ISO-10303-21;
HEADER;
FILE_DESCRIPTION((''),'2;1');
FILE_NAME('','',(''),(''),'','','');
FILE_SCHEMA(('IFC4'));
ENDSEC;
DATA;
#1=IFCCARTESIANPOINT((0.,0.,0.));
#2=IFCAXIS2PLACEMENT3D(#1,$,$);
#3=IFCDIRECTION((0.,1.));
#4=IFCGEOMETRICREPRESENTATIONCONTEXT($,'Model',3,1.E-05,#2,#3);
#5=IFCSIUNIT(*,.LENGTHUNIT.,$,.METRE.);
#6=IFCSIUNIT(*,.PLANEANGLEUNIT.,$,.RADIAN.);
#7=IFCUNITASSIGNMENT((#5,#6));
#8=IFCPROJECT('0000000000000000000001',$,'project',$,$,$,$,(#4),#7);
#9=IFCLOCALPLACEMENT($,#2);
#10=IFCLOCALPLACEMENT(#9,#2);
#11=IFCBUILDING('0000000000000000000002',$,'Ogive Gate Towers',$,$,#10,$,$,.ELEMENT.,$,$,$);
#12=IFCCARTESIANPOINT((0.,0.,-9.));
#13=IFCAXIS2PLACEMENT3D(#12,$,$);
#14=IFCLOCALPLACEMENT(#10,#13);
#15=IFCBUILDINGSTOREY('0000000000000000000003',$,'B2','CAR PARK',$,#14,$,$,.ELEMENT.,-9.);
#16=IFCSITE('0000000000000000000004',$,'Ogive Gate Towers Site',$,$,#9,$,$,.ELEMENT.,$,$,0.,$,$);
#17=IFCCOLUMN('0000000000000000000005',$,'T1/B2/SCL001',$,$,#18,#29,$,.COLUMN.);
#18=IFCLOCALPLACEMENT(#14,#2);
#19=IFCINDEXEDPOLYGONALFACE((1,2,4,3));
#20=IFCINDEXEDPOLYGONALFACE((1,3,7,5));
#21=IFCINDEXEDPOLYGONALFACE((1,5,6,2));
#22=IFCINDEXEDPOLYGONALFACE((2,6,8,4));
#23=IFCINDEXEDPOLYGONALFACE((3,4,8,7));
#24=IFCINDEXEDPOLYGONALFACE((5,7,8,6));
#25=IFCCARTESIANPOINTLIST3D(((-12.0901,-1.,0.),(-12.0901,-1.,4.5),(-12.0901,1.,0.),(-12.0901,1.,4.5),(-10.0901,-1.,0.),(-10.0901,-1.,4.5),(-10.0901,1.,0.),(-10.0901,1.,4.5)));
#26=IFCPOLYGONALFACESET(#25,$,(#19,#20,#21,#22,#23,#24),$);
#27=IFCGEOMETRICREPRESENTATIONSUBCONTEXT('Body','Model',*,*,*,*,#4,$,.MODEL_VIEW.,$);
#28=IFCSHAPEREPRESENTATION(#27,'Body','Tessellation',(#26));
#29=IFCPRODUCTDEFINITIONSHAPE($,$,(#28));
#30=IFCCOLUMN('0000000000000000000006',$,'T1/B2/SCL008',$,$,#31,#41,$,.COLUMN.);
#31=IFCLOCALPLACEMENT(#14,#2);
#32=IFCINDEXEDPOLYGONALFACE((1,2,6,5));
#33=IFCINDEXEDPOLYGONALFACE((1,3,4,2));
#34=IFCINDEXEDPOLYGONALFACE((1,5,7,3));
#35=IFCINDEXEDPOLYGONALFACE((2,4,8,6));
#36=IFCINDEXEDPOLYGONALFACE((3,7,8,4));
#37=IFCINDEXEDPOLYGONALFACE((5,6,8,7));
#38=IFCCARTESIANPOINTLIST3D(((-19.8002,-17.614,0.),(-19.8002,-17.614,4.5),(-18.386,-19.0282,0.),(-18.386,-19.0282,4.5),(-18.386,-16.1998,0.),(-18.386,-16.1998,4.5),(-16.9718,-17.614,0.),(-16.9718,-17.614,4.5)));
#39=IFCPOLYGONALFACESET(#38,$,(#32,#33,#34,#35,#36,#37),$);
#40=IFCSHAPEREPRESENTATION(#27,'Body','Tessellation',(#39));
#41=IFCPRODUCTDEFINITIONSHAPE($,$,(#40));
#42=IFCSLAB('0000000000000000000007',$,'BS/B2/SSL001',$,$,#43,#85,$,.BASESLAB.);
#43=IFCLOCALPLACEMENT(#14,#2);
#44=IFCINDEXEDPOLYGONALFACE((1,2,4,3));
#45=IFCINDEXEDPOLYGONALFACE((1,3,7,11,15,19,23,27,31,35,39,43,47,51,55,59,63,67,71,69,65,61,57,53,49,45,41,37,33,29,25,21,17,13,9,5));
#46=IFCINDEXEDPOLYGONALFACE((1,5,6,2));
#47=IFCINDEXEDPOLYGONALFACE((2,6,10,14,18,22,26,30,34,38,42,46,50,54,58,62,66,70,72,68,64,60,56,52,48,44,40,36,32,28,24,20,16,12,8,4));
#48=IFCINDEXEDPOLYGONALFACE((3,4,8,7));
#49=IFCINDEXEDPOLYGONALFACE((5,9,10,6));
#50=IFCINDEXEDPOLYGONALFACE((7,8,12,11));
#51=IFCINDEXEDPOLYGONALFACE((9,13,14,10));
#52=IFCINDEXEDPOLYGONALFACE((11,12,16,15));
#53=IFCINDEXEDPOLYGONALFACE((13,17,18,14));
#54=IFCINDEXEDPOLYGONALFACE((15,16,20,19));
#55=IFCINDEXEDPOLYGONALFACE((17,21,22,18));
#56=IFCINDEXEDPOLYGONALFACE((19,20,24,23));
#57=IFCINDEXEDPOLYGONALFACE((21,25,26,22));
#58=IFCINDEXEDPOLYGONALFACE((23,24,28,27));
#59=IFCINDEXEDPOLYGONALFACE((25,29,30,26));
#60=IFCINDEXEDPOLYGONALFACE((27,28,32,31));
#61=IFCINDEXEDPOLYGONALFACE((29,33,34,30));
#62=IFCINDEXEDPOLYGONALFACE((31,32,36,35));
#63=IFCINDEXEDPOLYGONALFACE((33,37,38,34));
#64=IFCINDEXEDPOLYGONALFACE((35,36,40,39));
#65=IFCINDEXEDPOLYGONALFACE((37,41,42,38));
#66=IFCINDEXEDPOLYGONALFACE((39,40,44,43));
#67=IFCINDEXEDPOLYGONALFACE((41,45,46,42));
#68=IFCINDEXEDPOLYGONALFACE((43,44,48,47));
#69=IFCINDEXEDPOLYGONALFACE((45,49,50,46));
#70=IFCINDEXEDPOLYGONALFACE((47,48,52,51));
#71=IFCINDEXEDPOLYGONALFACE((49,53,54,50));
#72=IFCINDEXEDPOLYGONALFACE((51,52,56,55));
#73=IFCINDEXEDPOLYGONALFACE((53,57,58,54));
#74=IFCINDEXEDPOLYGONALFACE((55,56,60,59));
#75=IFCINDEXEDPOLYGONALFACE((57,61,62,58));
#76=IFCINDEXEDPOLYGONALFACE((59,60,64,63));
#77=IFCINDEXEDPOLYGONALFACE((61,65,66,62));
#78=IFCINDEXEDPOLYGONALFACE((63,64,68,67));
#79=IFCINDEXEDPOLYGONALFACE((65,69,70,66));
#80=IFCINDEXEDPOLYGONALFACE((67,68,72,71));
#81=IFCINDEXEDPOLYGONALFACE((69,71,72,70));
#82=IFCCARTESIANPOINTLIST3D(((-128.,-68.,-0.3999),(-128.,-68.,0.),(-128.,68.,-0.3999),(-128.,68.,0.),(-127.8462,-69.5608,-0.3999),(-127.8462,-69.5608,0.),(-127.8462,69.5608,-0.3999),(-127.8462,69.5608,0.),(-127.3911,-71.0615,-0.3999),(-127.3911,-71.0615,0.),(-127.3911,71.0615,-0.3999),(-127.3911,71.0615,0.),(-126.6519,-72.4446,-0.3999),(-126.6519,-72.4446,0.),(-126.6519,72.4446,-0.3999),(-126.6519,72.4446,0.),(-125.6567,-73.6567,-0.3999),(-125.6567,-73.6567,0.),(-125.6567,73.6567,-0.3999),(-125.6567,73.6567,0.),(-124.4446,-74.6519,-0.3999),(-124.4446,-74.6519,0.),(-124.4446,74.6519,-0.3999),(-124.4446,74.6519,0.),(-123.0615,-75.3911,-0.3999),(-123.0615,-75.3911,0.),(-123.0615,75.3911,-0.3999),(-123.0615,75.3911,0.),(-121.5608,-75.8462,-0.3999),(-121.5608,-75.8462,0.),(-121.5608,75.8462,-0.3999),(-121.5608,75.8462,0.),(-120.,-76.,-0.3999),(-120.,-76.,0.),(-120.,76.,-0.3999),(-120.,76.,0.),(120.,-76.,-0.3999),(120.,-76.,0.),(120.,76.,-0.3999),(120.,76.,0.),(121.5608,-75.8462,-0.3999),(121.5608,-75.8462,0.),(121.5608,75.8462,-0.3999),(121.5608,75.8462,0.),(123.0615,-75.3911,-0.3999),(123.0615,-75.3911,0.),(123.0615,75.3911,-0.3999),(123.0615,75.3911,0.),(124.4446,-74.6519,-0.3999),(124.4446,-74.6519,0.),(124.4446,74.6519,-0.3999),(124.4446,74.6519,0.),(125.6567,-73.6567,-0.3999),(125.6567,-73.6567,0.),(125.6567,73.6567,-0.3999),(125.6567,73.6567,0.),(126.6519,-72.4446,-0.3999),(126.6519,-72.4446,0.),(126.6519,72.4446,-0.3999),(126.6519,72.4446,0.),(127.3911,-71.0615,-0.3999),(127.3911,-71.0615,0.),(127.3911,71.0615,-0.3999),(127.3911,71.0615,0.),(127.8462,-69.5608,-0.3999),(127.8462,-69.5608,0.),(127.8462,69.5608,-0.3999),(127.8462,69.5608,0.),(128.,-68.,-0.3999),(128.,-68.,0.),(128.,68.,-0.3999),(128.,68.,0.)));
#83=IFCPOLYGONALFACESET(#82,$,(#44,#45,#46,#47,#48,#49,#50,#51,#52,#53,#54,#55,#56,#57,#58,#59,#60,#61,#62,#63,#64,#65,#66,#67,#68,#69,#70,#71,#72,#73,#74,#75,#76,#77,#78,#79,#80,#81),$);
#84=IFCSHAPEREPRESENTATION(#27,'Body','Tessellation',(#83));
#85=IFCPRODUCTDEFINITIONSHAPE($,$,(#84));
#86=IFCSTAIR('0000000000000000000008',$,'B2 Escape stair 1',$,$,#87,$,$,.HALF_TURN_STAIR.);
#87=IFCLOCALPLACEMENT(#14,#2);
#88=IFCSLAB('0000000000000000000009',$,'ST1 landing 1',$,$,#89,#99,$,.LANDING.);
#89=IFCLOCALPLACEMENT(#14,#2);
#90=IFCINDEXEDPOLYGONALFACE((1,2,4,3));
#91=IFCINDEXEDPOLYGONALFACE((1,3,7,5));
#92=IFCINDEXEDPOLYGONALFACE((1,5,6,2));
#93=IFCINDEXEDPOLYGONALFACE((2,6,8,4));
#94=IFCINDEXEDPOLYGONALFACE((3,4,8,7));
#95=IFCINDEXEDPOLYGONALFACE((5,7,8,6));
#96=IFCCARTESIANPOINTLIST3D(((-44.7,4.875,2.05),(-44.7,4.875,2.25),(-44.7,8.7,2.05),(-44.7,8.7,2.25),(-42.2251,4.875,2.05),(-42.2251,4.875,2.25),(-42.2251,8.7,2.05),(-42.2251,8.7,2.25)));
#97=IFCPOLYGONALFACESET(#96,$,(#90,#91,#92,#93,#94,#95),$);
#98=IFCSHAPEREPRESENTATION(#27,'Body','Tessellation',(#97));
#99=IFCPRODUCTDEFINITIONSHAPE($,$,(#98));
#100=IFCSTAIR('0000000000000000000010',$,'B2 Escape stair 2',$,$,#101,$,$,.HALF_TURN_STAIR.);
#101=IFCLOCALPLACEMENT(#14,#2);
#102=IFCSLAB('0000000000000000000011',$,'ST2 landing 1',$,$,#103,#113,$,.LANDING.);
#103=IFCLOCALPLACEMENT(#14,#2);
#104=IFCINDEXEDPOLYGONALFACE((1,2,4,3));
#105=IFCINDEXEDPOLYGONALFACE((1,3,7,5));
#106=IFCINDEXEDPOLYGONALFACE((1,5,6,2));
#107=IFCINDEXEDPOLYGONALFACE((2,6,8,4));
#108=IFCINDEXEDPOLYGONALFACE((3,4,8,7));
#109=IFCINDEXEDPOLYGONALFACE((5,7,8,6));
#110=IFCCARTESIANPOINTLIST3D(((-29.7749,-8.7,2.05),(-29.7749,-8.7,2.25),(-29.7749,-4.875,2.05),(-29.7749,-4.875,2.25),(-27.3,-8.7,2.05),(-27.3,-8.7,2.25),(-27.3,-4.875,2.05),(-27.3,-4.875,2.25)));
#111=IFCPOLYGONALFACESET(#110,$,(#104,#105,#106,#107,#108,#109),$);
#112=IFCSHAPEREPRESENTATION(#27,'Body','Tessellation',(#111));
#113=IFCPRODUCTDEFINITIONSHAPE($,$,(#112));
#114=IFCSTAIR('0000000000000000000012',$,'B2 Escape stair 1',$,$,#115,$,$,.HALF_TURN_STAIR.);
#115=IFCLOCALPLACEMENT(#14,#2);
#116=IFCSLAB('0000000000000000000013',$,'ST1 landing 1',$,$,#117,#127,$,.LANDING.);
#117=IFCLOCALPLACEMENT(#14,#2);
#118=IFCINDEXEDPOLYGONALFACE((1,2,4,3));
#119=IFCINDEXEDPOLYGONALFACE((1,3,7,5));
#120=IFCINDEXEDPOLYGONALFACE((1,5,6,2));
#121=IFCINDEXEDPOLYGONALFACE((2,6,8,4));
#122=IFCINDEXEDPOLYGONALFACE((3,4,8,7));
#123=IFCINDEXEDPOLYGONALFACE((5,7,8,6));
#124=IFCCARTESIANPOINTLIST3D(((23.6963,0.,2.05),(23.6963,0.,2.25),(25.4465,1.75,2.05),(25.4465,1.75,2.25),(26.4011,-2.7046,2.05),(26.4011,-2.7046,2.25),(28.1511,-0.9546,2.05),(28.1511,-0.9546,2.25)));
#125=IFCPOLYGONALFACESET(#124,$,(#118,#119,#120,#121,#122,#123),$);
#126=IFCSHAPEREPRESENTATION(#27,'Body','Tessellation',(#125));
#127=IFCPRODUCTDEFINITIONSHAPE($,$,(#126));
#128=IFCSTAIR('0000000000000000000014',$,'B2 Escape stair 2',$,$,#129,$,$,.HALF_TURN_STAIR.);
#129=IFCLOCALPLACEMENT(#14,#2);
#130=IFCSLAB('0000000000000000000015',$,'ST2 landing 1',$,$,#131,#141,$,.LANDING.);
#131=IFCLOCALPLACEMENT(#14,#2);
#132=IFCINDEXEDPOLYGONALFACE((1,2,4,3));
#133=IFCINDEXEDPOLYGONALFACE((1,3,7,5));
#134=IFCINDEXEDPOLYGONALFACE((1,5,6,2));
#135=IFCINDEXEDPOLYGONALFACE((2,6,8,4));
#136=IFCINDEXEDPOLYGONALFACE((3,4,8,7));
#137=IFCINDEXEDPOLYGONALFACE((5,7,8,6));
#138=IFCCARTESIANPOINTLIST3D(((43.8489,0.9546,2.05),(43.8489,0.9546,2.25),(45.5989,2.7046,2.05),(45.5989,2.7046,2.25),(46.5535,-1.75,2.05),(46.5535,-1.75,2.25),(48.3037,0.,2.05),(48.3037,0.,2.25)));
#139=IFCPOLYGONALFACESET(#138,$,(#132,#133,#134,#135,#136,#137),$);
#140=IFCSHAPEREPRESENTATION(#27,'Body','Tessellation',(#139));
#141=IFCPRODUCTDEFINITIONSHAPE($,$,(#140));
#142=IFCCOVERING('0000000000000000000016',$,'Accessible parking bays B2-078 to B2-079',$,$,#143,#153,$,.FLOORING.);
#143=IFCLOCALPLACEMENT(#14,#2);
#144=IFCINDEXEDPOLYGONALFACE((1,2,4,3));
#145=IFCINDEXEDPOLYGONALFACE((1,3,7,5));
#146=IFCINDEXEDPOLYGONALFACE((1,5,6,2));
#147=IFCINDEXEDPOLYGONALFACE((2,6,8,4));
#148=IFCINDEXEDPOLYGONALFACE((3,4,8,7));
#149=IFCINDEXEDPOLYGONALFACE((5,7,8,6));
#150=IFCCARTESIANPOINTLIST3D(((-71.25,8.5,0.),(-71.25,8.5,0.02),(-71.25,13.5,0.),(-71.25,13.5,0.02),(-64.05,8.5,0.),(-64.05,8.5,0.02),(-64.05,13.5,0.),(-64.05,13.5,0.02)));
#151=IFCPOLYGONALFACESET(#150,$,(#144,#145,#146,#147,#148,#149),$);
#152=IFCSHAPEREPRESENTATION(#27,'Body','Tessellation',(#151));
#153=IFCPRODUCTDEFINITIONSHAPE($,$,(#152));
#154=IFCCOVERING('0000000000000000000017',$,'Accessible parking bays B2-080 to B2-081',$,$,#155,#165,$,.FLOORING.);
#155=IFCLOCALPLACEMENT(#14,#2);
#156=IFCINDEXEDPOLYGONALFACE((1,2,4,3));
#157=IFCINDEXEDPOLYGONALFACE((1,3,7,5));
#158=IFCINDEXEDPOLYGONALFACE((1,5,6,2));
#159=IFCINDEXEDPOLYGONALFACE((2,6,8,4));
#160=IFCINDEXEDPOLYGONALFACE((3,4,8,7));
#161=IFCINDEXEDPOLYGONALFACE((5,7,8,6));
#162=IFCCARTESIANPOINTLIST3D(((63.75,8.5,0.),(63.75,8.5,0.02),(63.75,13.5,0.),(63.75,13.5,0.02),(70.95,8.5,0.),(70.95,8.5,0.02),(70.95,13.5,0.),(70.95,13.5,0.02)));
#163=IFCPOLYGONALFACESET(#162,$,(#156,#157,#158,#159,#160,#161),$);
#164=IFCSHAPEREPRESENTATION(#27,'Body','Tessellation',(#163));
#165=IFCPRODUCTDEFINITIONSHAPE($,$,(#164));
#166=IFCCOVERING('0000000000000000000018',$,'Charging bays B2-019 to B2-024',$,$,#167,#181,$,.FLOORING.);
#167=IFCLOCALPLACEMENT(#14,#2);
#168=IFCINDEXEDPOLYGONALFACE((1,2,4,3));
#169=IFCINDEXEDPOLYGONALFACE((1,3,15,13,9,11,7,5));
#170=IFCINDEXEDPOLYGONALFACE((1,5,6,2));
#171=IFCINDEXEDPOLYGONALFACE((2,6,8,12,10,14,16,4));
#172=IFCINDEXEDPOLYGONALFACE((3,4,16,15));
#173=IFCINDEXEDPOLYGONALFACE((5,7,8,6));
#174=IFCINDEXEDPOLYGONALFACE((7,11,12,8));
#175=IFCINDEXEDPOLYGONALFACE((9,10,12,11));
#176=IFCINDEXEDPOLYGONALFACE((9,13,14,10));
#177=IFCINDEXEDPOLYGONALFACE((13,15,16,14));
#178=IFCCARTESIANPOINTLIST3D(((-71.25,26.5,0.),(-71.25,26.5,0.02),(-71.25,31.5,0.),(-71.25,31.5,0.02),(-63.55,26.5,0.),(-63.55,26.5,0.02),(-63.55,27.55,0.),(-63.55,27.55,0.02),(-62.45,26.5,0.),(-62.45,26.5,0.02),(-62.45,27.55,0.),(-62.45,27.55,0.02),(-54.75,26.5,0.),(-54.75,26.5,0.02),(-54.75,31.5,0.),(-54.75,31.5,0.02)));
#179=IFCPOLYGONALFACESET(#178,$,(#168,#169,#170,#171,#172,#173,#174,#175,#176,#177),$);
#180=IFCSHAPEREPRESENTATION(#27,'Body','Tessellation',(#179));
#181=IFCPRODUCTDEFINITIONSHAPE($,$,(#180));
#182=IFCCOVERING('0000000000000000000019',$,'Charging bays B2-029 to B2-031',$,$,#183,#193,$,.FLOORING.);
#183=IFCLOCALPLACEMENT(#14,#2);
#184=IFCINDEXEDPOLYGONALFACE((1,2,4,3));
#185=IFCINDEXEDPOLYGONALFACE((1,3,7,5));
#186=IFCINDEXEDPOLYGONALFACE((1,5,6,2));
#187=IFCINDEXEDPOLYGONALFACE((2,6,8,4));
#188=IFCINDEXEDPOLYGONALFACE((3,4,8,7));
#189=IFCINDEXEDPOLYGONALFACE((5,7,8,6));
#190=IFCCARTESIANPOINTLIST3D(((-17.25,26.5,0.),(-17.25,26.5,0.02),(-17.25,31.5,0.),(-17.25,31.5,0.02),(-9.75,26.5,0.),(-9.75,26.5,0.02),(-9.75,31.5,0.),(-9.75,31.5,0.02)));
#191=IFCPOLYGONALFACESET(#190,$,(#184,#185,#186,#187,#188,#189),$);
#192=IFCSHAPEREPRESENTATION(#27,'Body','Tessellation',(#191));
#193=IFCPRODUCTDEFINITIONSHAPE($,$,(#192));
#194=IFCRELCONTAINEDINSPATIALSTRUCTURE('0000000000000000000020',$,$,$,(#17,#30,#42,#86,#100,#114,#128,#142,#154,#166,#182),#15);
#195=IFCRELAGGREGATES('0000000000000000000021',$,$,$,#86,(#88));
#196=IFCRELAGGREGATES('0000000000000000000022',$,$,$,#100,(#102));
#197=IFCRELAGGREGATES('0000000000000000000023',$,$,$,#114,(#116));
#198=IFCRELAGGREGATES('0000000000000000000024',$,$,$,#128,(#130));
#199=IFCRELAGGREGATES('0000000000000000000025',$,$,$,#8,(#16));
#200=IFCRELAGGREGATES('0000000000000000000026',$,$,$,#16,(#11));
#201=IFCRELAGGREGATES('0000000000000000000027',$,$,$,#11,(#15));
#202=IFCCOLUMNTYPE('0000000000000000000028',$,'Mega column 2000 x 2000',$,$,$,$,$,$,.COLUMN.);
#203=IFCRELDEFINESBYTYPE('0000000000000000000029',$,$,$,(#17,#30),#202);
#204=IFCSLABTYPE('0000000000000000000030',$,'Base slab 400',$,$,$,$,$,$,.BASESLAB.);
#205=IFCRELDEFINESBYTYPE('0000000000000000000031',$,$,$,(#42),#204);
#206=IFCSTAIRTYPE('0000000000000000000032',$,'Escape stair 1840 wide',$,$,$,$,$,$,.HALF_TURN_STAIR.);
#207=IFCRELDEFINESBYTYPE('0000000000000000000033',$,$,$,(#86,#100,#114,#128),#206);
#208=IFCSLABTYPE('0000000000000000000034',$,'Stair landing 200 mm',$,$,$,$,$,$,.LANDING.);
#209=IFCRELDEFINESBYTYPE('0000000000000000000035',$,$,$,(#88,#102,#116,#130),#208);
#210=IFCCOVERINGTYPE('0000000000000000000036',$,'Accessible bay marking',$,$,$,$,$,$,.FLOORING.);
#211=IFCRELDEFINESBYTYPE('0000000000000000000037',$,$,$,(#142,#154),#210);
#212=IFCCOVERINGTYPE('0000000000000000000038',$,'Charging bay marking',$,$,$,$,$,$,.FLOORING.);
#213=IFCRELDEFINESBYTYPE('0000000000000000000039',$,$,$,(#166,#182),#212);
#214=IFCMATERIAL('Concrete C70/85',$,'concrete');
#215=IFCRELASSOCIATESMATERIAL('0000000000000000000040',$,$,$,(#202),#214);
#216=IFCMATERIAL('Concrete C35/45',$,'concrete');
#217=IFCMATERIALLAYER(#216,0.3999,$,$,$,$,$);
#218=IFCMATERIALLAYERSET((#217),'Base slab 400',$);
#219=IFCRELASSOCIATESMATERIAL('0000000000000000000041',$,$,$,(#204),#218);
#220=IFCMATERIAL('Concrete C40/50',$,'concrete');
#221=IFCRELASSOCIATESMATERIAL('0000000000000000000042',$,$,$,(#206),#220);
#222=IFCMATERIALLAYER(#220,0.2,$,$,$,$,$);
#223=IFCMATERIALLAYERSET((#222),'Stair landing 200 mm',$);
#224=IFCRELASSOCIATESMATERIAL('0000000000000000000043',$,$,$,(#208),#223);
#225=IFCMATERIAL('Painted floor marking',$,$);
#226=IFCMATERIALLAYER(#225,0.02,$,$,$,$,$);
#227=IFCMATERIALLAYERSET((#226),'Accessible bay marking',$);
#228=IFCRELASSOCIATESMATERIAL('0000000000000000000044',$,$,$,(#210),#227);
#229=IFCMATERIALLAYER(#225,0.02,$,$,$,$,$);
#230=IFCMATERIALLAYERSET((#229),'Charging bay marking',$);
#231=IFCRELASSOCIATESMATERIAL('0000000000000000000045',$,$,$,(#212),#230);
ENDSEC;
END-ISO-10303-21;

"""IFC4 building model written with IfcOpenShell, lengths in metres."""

from ifc_helpers import new_model, si_unit, direction, frame, origin, origin_2d, place, context, subcontext, project, spatial, polyline, rectangle, outline, extrude, material, layer, layer_set, material_profile, profile_set, type_object, element, aggregate, save


model = new_model("IFC4")

# Units and contexts
model_context = context("Model", 3, precision=1e-05, world=origin(), true_north=direction((0.0, 1.0)))
body_context = subcontext(model_context, "Body", "Model", "MODEL_VIEW")
ifc_project = project(units=[si_unit("LENGTHUNIT", "METRE"), si_unit("PLANEANGLEUNIT", "RADIAN")], contexts=[model_context])

# Site, building, storey
site_placement = place(None, origin())
site = spatial("IfcSite", under=ifc_project, at=site_placement, Name="Ogive Gate Towers Site", CompositionType="ELEMENT", RefElevation=0.0)
building_placement = place(site_placement, origin())
building = spatial("IfcBuilding", under=site, at=building_placement, Name="Ogive Gate Towers", CompositionType="ELEMENT")
storey_placement = place(building_placement, frame((0.0, 0.0, -9.0)))
storey = spatial("IfcBuildingStorey", under=building, at=storey_placement, Name="B2", Description="CAR PARK", CompositionType="ELEMENT", Elevation=-9.0)

# Shared definitions
ifc_material_1 = material(Name="Concrete C40/50", Category="concrete")

# Columns
ifc_material_2 = material(Name="Concrete C70/85", Category="concrete")
ifc_material_profile_1 = material_profile(ifc_material_2, rectangle(XDim=2.0, YDim=2.0, at=origin_2d()), Name="RC 2000x2000")
ifc_profile_set_1 = profile_set([ifc_material_profile_1], Name="Concrete C70/85")
column_type_1 = type_object("IfcColumnType", Name="Mega column 2000 x 2000", PredefinedType="COLUMN", material=ifc_profile_set_1)
for number, where, z_axis, x_axis, name in (
    (1, (-11.0901, 0.0, 0.0), (0.0, 0.0, 1.0), (1.0, 0.0, 0.0), "T1/B2/SCL001"),
    (2, (-18.386, -17.614, 0.0), (0.0, 0.0, 1.0), (0.707107, -0.707107, 0.0), "T1/B2/SCL008"),
):
    element("IfcColumn", number, at=place(storey_placement, frame(where, z_axis=z_axis, x_axis=x_axis)), inside=storey, type_object=column_type_1, Name=name, PredefinedType="COLUMN", context=body_context, shape_type="SweptSolid", body=[
        extrude(rectangle(XDim=2.0, YDim=2.0, at=origin_2d()), origin(), (0.0, 0.0, 1.0), 4.5),
    ])

# Slab
ifc_material_3 = material(Name="Concrete C35/45", Category="concrete")
ifc_layer_1 = layer(ifc_material_3, 0.3999)
ifc_layer_set_1 = layer_set([ifc_layer_1], Name="Base slab 400")
slab_type_1 = type_object("IfcSlabType", Name="Base slab 400", PredefinedType="BASESLAB", material=ifc_layer_set_1)
slab_1_placement = place(storey_placement, frame((0.0, 0.0, -0.3999)))
element("IfcSlab", 3, at=slab_1_placement, inside=storey, type_object=slab_type_1, Name="BS/B2/SSL001", PredefinedType="BASESLAB", context=body_context, shape_type="SweptSolid", body=[
    extrude(outline(polyline([(120.0, -76.0), (121.5608, -75.8462), (123.0615, -75.3911), (124.4446, -74.6519), (125.6567, -73.6567), (126.6519, -72.4446), (127.3911, -71.0615), (127.8462, -69.5608), (128.0, -68.0), (128.0, 68.0), (127.8462, 69.5608), (127.3911, 71.0615), (126.6519, 72.4446), (125.6567, 73.6567), (124.4446, 74.6519), (123.0615, 75.3911), (121.5608, 75.8462), (120.0, 76.0), (-120.0, 76.0), (-121.5608, 75.8462), (-123.0615, 75.3911), (-124.4446, 74.6519), (-125.6567, 73.6567), (-126.6519, 72.4446), (-127.3911, 71.0615), (-127.8462, 69.5608), (-128.0, 68.0), (-128.0, -68.0), (-127.8462, -69.5608), (-127.3911, -71.0615), (-126.6519, -72.4446), (-125.6567, -73.6567), (-124.4446, -74.6519), (-123.0615, -75.3911), (-121.5608, -75.8462), (-120.0, -76.0), (120.0, -76.0)])), origin(), (0.0, 0.0, 1.0), 0.3999),
])

# Stairs, slabs
stair_type = type_object("IfcStairType", Name="Escape stair 1840 wide", PredefinedType="HALF_TURN_STAIR", material=ifc_material_1)
stair_1_placement = place(storey_placement, origin())
stair_1 = element("IfcStair", 4, at=stair_1_placement, inside=storey, type_object=stair_type, Name="B2 Escape stair 1", PredefinedType="HALF_TURN_STAIR")
ifc_layer_2 = layer(ifc_material_1, 0.2)
ifc_layer_set_2 = layer_set([ifc_layer_2], Name="Stair landing 200 mm")
slab_type_2 = type_object("IfcSlabType", Name="Stair landing 200 mm", PredefinedType="LANDING", material=ifc_layer_set_2)
slab_2_placement = place(storey_placement, frame((0.0, 0.0, 2.05)))
slab_2 = element("IfcSlab", 5, at=slab_2_placement, type_object=slab_type_2, Name="ST1 landing 1", PredefinedType="LANDING", context=body_context, shape_type="SweptSolid", body=[
    extrude(outline(polyline([(-42.2251, 8.7), (-44.7, 8.7), (-44.7, 4.875), (-42.2251, 4.875), (-42.2251, 8.7)])), origin(), (0.0, 0.0, 1.0), 0.2),
])
aggregate(stair_1, [slab_2])
stair_2_placement = place(storey_placement, origin())
stair_2 = element("IfcStair", 6, at=stair_2_placement, inside=storey, type_object=stair_type, Name="B2 Escape stair 2", PredefinedType="HALF_TURN_STAIR")
slab_3_placement = place(storey_placement, frame((0.0, 0.0, 2.05)))
slab_3 = element("IfcSlab", 7, at=slab_3_placement, type_object=slab_type_2, Name="ST2 landing 1", PredefinedType="LANDING", context=body_context, shape_type="SweptSolid", body=[
    extrude(outline(polyline([(-29.7749, -8.7), (-27.3, -8.7), (-27.3, -4.875), (-29.7749, -4.875), (-29.7749, -8.7)])), origin(), (0.0, 0.0, 1.0), 0.2),
])
aggregate(stair_2, [slab_3])
stair_3_placement = place(storey_placement, origin())
stair_3 = element("IfcStair", 8, at=stair_3_placement, inside=storey, type_object=stair_type, Name="B2 Escape stair 1", PredefinedType="HALF_TURN_STAIR")
slab_4_placement = place(storey_placement, frame((0.0, 0.0, 2.05)))
slab_4 = element("IfcSlab", 9, at=slab_4_placement, type_object=slab_type_2, Name="ST1 landing 1", PredefinedType="LANDING", context=body_context, shape_type="SweptSolid", body=[
    extrude(outline(polyline([(25.4465, 1.75), (23.6963, 0.0), (26.4011, -2.7046), (28.1511, -0.9546), (25.4465, 1.75)])), origin(), (0.0, 0.0, 1.0), 0.2),
])
aggregate(stair_3, [slab_4])
stair_4_placement = place(storey_placement, origin())
stair_4 = element("IfcStair", 10, at=stair_4_placement, inside=storey, type_object=stair_type, Name="B2 Escape stair 2", PredefinedType="HALF_TURN_STAIR")
slab_5_placement = place(storey_placement, frame((0.0, 0.0, 2.05)))
slab_5 = element("IfcSlab", 11, at=slab_5_placement, type_object=slab_type_2, Name="ST2 landing 1", PredefinedType="LANDING", context=body_context, shape_type="SweptSolid", body=[
    extrude(outline(polyline([(46.5535, -1.75), (48.3037, 0.0), (45.5989, 2.7046), (43.8489, 0.9546), (46.5535, -1.75)])), origin(), (0.0, 0.0, 1.0), 0.2),
])
aggregate(stair_4, [slab_5])

# Coverings
ifc_material_4 = material(Name="Painted floor marking")
ifc_layer_3 = layer(ifc_material_4, 0.02)
ifc_layer_set_3 = layer_set([ifc_layer_3], Name="Accessible bay marking")
covering_type_1 = type_object("IfcCoveringType", Name="Accessible bay marking", PredefinedType="FLOORING", material=ifc_layer_set_3)
covering_1_placement = place(storey_placement, origin())
element("IfcCovering", 12, at=covering_1_placement, inside=storey, type_object=covering_type_1, Name="Accessible parking bays B2-078 to B2-079", PredefinedType="FLOORING", context=body_context, shape_type="SweptSolid", body=[
    extrude(outline(polyline([(-64.05, 13.5), (-64.05, 8.5), (-71.25, 8.5), (-71.25, 13.5), (-64.05, 13.5)])), origin(), (0.0, 0.0, 1.0), 0.02),
])
covering_2_placement = place(storey_placement, origin())
element("IfcCovering", 13, at=covering_2_placement, inside=storey, type_object=covering_type_1, Name="Accessible parking bays B2-080 to B2-081", PredefinedType="FLOORING", context=body_context, shape_type="SweptSolid", body=[
    extrude(outline(polyline([(70.95, 13.5), (70.95, 8.5), (63.75, 8.5), (63.75, 13.5), (70.95, 13.5)])), origin(), (0.0, 0.0, 1.0), 0.02),
])
ifc_layer_4 = layer(ifc_material_4, 0.02)
ifc_layer_set_4 = layer_set([ifc_layer_4], Name="Charging bay marking")
covering_type_2 = type_object("IfcCoveringType", Name="Charging bay marking", PredefinedType="FLOORING", material=ifc_layer_set_4)
covering_3_placement = place(storey_placement, origin())
element("IfcCovering", 14, at=covering_3_placement, inside=storey, type_object=covering_type_2, Name="Charging bays B2-019 to B2-024", PredefinedType="FLOORING", context=body_context, shape_type="SweptSolid", body=[
    extrude(outline(polyline([(-71.25, 31.5), (-54.75, 31.5), (-54.75, 26.5), (-62.45, 26.5), (-62.45, 27.55), (-63.55, 27.55), (-63.55, 26.5), (-71.25, 26.5), (-71.25, 31.5)])), origin(), (0.0, 0.0, 1.0), 0.02),
])
covering_4_placement = place(storey_placement, origin())
element("IfcCovering", 15, at=covering_4_placement, inside=storey, type_object=covering_type_2, Name="Charging bays B2-029 to B2-031", PredefinedType="FLOORING", context=body_context, shape_type="SweptSolid", body=[
    extrude(outline(polyline([(-9.75, 26.5), (-17.25, 26.5), (-17.25, 31.5), (-9.75, 31.5), (-9.75, 26.5)])), origin(), (0.0, 0.0, 1.0), 0.02),
])

save(model, "model.ifc")
